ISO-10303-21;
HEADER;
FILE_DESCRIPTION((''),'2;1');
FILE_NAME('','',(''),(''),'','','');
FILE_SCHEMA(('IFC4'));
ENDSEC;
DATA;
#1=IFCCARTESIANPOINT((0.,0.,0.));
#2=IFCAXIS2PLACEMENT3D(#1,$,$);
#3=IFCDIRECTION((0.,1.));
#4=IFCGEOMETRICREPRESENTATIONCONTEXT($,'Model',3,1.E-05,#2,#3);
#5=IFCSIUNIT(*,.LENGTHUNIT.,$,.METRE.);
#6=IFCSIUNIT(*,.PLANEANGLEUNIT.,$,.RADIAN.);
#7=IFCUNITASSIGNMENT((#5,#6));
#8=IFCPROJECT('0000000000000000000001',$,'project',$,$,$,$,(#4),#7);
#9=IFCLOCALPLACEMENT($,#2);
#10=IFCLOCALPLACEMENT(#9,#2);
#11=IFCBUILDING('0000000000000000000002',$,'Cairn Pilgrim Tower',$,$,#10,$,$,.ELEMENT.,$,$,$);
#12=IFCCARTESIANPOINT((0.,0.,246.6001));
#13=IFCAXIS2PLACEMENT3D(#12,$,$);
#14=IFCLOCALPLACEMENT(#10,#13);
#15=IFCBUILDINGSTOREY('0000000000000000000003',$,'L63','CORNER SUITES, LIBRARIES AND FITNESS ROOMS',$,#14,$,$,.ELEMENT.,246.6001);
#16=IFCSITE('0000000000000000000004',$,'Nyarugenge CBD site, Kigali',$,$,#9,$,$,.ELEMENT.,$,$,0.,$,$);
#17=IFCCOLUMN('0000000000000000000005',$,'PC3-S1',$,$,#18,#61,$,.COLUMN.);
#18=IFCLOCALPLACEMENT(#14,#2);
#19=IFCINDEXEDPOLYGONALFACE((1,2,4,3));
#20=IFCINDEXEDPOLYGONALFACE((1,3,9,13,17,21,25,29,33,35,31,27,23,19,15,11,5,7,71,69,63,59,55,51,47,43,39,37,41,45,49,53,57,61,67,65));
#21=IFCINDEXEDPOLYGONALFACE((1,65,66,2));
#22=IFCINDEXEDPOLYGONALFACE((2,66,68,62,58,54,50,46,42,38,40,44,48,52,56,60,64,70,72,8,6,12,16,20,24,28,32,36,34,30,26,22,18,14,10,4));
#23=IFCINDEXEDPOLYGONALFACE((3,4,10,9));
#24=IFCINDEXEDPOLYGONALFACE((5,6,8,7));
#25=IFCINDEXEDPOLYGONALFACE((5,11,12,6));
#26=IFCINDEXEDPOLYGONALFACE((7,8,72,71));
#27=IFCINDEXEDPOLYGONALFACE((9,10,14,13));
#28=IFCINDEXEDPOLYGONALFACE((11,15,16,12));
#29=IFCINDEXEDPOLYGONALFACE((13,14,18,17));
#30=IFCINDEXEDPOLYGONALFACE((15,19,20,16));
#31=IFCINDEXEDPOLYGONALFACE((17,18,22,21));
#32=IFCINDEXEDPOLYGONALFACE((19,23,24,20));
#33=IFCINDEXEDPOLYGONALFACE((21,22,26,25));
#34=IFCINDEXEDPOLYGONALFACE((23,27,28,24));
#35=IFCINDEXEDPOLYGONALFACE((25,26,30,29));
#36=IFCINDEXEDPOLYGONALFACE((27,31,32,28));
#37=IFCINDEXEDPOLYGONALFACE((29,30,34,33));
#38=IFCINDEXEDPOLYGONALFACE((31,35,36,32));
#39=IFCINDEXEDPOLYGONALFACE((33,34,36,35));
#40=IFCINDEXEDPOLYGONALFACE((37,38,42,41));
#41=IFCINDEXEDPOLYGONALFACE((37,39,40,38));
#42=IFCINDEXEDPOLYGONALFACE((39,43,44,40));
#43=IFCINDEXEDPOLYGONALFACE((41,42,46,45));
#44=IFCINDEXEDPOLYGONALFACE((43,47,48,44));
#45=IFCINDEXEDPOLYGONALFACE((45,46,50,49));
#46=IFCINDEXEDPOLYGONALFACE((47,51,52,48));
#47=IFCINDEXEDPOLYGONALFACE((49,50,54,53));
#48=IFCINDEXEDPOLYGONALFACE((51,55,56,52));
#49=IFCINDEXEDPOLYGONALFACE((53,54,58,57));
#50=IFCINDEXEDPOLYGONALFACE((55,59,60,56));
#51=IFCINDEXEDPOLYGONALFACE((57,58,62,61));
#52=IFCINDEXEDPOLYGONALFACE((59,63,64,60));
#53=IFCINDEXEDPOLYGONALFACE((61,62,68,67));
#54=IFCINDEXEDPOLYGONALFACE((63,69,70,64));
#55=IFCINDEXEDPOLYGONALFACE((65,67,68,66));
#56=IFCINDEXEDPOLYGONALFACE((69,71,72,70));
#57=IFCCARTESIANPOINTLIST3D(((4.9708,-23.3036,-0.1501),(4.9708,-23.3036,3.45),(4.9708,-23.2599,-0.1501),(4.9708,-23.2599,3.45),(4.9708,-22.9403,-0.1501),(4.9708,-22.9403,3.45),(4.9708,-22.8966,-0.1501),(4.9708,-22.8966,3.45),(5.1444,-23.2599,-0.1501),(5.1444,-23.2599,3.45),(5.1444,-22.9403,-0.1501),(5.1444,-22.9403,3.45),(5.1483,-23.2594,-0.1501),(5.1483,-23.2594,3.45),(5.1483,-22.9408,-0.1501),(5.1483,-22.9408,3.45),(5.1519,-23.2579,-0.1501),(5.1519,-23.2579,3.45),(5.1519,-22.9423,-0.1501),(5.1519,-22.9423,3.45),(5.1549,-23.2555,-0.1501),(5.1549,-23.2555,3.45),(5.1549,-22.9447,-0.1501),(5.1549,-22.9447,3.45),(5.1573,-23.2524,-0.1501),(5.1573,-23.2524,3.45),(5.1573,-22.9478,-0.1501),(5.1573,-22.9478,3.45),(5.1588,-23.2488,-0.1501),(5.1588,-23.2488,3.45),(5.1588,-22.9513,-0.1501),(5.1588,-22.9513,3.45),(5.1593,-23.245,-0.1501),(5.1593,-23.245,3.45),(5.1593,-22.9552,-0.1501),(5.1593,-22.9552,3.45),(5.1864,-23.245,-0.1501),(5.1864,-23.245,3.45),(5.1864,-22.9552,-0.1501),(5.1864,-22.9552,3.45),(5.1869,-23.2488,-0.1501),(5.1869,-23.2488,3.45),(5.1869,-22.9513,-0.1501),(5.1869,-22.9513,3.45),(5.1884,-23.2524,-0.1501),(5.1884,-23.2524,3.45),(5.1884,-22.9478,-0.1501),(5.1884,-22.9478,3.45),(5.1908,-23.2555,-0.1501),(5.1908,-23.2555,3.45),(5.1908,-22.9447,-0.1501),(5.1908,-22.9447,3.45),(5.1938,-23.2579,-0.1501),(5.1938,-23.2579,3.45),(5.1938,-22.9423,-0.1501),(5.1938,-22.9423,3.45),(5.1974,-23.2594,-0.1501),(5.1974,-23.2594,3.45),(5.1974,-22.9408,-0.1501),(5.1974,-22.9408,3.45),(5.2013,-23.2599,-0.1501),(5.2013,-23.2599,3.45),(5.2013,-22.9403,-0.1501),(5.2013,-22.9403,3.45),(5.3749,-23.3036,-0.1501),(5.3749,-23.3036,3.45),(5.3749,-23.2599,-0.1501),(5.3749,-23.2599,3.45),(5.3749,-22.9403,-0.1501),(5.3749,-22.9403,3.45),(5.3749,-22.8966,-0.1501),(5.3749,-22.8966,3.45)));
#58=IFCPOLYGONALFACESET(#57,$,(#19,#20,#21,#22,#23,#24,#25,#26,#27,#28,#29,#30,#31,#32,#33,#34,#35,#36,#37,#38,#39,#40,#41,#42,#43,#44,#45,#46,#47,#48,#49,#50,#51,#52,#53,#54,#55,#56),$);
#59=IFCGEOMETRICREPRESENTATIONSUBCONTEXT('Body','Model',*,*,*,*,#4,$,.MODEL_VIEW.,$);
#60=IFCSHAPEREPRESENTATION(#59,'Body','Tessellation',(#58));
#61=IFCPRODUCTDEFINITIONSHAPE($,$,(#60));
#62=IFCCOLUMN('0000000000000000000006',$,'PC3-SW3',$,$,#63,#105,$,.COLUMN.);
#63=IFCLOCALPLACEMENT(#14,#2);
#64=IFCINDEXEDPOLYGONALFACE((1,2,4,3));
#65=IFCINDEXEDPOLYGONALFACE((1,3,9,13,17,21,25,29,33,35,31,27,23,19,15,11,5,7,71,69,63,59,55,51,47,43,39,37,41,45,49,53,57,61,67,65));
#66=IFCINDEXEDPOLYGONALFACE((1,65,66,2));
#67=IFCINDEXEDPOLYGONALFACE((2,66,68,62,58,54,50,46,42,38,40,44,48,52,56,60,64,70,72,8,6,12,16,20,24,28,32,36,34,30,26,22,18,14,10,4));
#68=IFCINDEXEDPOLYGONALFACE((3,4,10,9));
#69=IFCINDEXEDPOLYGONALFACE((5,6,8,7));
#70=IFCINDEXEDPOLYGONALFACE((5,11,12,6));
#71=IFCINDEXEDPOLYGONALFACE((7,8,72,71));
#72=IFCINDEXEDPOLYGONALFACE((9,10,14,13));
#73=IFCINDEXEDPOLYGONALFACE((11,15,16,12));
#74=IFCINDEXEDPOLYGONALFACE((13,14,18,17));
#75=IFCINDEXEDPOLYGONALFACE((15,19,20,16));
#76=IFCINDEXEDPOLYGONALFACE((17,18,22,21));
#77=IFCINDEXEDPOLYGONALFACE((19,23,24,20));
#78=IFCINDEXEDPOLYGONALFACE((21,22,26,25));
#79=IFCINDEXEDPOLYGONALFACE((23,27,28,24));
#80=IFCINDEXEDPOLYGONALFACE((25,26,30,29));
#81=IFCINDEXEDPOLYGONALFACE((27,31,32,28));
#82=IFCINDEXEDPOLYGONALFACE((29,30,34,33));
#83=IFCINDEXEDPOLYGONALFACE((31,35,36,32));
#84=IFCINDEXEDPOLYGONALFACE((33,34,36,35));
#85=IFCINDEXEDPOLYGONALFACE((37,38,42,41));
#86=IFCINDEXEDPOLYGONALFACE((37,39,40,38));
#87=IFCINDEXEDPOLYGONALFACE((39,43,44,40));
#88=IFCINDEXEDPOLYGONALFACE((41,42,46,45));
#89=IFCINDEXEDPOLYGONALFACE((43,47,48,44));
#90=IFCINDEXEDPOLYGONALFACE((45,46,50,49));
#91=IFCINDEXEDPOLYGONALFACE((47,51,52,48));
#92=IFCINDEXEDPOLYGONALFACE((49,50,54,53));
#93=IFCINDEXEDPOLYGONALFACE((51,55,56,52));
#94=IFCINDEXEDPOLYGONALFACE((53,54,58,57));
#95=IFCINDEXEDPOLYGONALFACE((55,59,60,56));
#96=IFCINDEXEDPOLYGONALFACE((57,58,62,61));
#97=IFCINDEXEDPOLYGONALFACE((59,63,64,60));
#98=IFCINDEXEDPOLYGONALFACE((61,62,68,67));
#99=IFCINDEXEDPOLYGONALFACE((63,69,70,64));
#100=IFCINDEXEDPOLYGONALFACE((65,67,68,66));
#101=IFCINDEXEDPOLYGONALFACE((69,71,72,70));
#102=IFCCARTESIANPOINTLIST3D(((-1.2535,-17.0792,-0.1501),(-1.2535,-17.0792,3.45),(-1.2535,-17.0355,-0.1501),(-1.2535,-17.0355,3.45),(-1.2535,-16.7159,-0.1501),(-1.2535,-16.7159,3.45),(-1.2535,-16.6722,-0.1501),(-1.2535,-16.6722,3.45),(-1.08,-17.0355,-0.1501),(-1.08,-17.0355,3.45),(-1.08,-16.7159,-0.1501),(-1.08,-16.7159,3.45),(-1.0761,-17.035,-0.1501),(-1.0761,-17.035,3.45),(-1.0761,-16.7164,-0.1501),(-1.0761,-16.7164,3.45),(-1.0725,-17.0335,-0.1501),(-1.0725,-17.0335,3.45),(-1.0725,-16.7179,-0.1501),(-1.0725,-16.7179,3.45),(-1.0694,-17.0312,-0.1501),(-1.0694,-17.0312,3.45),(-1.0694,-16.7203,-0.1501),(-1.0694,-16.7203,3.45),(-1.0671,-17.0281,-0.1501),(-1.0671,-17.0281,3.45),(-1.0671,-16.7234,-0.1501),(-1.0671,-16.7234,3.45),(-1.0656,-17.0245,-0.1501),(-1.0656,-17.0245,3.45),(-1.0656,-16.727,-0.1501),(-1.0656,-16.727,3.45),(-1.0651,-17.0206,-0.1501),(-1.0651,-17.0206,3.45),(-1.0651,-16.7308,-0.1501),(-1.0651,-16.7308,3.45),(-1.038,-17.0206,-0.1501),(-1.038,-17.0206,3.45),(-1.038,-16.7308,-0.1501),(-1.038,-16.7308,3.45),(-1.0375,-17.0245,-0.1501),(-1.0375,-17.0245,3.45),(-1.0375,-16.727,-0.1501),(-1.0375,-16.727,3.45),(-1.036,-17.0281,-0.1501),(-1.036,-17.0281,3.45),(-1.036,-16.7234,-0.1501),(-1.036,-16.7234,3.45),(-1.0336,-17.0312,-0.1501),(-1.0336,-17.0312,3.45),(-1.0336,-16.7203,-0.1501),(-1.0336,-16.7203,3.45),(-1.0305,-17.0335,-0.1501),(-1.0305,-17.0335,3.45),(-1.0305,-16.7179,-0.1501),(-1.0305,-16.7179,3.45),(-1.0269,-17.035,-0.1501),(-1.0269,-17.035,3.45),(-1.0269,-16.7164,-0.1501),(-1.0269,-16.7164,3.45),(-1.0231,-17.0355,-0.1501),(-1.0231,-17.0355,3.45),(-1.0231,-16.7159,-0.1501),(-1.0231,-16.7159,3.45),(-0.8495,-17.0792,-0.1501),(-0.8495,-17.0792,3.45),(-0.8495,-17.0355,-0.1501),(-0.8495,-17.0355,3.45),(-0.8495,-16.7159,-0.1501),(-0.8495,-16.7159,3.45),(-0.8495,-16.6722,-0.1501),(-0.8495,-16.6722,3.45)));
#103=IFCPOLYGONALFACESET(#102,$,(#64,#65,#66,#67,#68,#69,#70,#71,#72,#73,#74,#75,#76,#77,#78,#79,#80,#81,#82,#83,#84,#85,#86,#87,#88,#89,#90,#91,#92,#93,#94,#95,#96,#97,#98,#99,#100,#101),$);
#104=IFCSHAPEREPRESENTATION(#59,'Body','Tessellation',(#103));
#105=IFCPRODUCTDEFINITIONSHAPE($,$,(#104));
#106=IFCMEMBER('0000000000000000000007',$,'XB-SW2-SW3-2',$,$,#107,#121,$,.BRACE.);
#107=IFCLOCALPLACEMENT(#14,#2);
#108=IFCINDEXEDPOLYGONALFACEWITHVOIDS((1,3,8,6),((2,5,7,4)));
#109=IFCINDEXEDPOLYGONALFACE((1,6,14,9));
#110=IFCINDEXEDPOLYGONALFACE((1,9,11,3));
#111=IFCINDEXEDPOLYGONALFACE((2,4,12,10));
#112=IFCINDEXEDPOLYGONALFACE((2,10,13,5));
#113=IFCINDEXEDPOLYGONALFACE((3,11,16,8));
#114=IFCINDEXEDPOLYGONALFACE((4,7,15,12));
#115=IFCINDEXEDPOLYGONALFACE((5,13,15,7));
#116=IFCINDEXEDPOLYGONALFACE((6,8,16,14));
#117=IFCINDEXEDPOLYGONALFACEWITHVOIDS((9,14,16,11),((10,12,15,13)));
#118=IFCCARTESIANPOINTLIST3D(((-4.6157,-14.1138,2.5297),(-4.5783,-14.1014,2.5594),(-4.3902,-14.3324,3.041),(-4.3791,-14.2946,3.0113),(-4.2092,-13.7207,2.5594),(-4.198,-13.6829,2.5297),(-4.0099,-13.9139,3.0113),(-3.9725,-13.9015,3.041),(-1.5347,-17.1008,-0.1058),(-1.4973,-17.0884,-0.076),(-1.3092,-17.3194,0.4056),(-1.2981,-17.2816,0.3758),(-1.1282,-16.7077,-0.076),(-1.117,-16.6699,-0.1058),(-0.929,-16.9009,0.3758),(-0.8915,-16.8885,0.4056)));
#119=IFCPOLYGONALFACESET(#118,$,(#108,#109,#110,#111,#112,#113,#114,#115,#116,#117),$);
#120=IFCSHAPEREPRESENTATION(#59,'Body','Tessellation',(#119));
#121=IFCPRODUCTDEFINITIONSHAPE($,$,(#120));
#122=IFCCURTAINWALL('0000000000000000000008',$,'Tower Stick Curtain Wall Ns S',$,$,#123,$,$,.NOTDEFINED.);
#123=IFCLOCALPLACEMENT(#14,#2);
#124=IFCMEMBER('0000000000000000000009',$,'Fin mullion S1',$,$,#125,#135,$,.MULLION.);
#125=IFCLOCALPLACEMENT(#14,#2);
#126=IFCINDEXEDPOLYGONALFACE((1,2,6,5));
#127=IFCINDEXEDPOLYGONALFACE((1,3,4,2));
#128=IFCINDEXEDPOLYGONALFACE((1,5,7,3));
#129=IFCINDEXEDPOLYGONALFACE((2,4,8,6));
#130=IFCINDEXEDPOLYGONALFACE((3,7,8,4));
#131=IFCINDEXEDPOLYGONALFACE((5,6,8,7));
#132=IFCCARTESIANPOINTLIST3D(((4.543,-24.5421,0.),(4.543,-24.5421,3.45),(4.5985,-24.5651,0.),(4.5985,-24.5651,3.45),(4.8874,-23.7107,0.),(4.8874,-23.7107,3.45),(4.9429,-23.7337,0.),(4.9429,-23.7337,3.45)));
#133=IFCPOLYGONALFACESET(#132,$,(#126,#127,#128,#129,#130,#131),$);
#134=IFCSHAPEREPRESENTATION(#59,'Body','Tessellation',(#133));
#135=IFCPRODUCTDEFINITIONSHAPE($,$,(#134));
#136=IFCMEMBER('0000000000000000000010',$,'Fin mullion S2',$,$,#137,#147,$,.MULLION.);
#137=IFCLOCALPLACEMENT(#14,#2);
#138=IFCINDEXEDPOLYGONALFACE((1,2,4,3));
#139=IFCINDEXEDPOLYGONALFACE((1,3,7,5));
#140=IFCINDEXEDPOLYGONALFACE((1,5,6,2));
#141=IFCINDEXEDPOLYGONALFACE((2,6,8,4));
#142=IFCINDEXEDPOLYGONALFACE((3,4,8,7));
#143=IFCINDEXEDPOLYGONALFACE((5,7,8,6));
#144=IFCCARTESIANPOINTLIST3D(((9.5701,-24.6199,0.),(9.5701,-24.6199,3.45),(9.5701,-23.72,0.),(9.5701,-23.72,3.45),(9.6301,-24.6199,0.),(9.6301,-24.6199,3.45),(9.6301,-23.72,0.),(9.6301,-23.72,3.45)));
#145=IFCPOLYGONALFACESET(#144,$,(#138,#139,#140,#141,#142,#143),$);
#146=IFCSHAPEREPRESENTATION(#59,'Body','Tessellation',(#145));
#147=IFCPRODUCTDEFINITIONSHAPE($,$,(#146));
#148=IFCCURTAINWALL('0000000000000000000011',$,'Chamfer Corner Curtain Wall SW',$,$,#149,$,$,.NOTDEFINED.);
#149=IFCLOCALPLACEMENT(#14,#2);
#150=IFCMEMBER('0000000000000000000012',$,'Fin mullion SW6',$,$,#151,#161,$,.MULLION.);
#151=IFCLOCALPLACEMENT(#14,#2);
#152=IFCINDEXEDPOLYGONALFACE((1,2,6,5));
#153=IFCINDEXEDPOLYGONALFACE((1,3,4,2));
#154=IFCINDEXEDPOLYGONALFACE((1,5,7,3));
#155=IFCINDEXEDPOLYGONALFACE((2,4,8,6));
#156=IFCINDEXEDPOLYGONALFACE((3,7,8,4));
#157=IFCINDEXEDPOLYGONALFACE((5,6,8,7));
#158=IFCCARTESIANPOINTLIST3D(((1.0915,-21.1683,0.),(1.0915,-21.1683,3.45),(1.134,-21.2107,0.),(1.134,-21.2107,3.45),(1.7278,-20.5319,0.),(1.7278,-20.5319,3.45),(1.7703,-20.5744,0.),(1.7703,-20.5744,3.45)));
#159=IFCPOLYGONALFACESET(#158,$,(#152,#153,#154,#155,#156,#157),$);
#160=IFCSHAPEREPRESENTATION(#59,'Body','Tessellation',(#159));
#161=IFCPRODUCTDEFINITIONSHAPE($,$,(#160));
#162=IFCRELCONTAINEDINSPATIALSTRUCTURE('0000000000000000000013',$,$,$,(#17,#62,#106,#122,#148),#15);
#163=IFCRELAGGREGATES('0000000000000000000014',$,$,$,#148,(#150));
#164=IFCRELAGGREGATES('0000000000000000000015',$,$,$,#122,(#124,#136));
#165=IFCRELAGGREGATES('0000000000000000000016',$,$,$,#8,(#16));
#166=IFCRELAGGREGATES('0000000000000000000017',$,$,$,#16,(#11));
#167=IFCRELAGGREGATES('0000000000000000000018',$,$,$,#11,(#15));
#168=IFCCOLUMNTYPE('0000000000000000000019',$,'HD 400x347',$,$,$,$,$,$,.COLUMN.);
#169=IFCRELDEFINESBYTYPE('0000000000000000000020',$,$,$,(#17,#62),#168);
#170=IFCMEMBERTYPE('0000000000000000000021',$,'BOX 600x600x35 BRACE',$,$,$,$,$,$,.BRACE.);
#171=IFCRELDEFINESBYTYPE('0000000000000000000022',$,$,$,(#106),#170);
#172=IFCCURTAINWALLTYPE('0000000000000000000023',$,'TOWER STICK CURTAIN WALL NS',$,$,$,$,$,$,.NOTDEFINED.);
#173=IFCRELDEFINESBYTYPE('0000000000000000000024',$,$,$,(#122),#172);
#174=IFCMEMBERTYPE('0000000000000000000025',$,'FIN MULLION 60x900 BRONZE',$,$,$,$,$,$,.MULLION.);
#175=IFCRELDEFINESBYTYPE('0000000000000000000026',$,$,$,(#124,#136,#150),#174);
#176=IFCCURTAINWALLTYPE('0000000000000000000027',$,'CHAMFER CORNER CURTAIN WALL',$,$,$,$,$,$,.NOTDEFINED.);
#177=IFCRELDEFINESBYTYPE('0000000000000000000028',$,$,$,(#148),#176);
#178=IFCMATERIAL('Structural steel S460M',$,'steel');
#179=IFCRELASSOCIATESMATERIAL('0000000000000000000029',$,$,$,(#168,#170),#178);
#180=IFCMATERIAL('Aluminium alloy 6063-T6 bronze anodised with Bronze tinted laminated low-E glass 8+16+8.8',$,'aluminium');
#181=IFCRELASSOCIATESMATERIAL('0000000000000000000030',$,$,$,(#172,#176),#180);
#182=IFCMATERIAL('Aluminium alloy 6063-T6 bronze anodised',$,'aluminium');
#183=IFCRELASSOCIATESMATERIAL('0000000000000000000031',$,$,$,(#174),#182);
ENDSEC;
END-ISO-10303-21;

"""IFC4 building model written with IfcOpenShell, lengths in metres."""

from ifc_helpers import new_model, si_unit, direction, frame, origin, origin_2d, place, context, subcontext, project, spatial, rectangle, hollow_rectangle, i_section, extrude, material, material_profile, profile_set, type_object, element, aggregate, save


model = new_model("IFC4")

# Units and contexts
model_context = context("Model", 3, precision=1e-05, world=origin(), true_north=direction((0.0, 1.0)))
body_context = subcontext(model_context, "Body", "Model", "MODEL_VIEW")
ifc_project = project(units=[si_unit("LENGTHUNIT", "METRE"), si_unit("PLANEANGLEUNIT", "RADIAN")], contexts=[model_context])

# Site, building, storey
site_placement = place(None, origin())
site = spatial("IfcSite", under=ifc_project, at=site_placement, Name="Nyarugenge CBD site, Kigali", CompositionType="ELEMENT", RefElevation=0.0)
building_placement = place(site_placement, origin())
building = spatial("IfcBuilding", under=site, at=building_placement, Name="Cairn Pilgrim Tower", CompositionType="ELEMENT")
storey_placement = place(building_placement, frame((0.0, 0.0, 246.6001)))
storey = spatial("IfcBuildingStorey", under=building, at=storey_placement, Name="L63", Description="CORNER SUITES, LIBRARIES AND FITNESS ROOMS", CompositionType="ELEMENT", Elevation=246.6001)

# Columns
ifc_material_1 = material(Name="Structural steel S460M", Category="steel")
ifc_material_profile_1 = material_profile(ifc_material_1, i_section(OverallWidth=0.4041, OverallDepth=0.407, WebThickness=0.0271, FlangeThickness=0.0437, FilletRadius=0.0149, at=origin_2d()), Name="HD 400x347")
ifc_profile_set_1 = profile_set([ifc_material_profile_1], Name="Structural steel S460M")
column_type = type_object("IfcColumnType", Name="HD 400x347", PredefinedType="COLUMN", material=ifc_profile_set_1)
for number, where, z_axis, x_axis, name in (
    (1, (5.1729, -23.1001, -0.1501), (0.0, 0.0, 1.0), (1.0, 0.0, 0.0), "PC3-S1"),
    (2, (-1.0515, -16.8757, -0.1501), (0.0, 0.0, 1.0), (1.0, 0.0, 0.0), "PC3-SW3"),
):
    element("IfcColumn", number, at=place(storey_placement, frame(where, z_axis=z_axis, x_axis=x_axis)), inside=storey, type_object=column_type, Name=name, PredefinedType="COLUMN", context=body_context, shape_type="SweptSolid", body=[
        extrude(i_section(OverallWidth=0.4041, OverallDepth=0.407, WebThickness=0.0271, FlangeThickness=0.0437, FilletRadius=0.0149, at=origin_2d()), origin(), (0.0, 0.0, 1.0), 3.6001),
    ])

# Member
ifc_material_profile_2 = material_profile(ifc_material_1, hollow_rectangle(XDim=0.6001, YDim=0.6001, WallThickness=0.0349, at=origin_2d()), Name="BOX 600x600x35")
ifc_profile_set_2 = profile_set([ifc_material_profile_2], Name="Structural steel S460M")
member_type_1 = type_object("IfcMemberType", Name="BOX 600x600x35 BRACE", PredefinedType="BRACE", material=ifc_profile_set_2)
member_1_placement = place(storey_placement, frame((-1.2131, -16.9946, 0.1499), z_axis=(-0.611806, 0.593142, 0.523332), x_axis=(-0.69607, -0.717974, 0.0)))
element("IfcMember", 3, at=member_1_placement, inside=storey, type_object=member_type_1, Name="XB-SW2-SW3-2", PredefinedType="BRACE", context=body_context, shape_type="SweptSolid", body=[
    extrude(hollow_rectangle(XDim=0.6001, YDim=0.6001, WallThickness=0.0349, at=origin_2d()), origin(), (0.0, 0.0, 1.0), 5.0359),
])

# Curtain wall, members
ifc_material_2 = material(Name="Aluminium alloy 6063-T6 bronze anodised with Bronze tinted laminated low-E glass 8+16+8.8", Category="aluminium")
curtain_wall_type_1 = type_object("IfcCurtainWallType", Name="TOWER STICK CURTAIN WALL NS", PredefinedType="NOTDEFINED", material=ifc_material_2)
curtain_wall_1_placement = place(storey_placement, origin())
curtain_wall_1 = element("IfcCurtainWall", 4, at=curtain_wall_1_placement, inside=storey, type_object=curtain_wall_type_1, Name="Tower Stick Curtain Wall Ns S", PredefinedType="NOTDEFINED")
ifc_material_3 = material(Name="Aluminium alloy 6063-T6 bronze anodised", Category="aluminium")
ifc_material_profile_3 = material_profile(ifc_material_3, rectangle(XDim=0.8999, YDim=0.0601, at=origin_2d()), Name="FIN MULLION 60x900 BRONZE")
ifc_profile_set_3 = profile_set([ifc_material_profile_3], Name="Aluminium alloy 6063-T6 bronze anodised")
member_type_2 = type_object("IfcMemberType", Name="FIN MULLION 60x900 BRONZE", PredefinedType="MULLION", material=ifc_profile_set_3)
member_2_placement = place(storey_placement, frame((4.7429, -24.1379, 0.0), z_axis=(0.0, 0.0, 1.0), x_axis=(-0.382683, -0.92388, 0.0)))
member_2 = element("IfcMember", 5, at=member_2_placement, type_object=member_type_2, Name="Fin mullion S1", PredefinedType="MULLION", context=body_context, shape_type="SweptSolid", body=[
    extrude(rectangle(XDim=0.8999, YDim=0.0601, at=origin_2d()), origin(), (0.0, 0.0, 1.0), 3.45),
])
member_3_placement = place(storey_placement, frame((9.6001, -24.1699, 0.0), z_axis=(0.0, 0.0, 1.0), x_axis=(0.0, -1.0, 0.0)))
member_3 = element("IfcMember", 6, at=member_3_placement, type_object=member_type_2, Name="Fin mullion S2", PredefinedType="MULLION", context=body_context, shape_type="SweptSolid", body=[
    extrude(rectangle(XDim=0.8999, YDim=0.0601, at=origin_2d()), origin(), (0.0, 0.0, 1.0), 3.45),
])

# Curtain wall, member
curtain_wall_type_2 = type_object("IfcCurtainWallType", Name="CHAMFER CORNER CURTAIN WALL", PredefinedType="NOTDEFINED", material=ifc_material_2)
curtain_wall_2_placement = place(storey_placement, origin())
curtain_wall_2 = element("IfcCurtainWall", 7, at=curtain_wall_2_placement, inside=storey, type_object=curtain_wall_type_2, Name="Chamfer Corner Curtain Wall SW", PredefinedType="NOTDEFINED")
member_4_placement = place(storey_placement, frame((1.4309, -20.8713, 0.0), z_axis=(0.0, 0.0, 1.0), x_axis=(-0.707107, -0.707107, 0.0)))
member_4 = element("IfcMember", 8, at=member_4_placement, type_object=member_type_2, Name="Fin mullion SW6", PredefinedType="MULLION", context=body_context, shape_type="SweptSolid", body=[
    extrude(rectangle(XDim=0.8999, YDim=0.0601, at=origin_2d()), origin(), (0.0, 0.0, 1.0), 3.45),
])

aggregate(curtain_wall_2, [member_4])
aggregate(curtain_wall_1, [member_2, member_3])

save(model, "model.ifc")
